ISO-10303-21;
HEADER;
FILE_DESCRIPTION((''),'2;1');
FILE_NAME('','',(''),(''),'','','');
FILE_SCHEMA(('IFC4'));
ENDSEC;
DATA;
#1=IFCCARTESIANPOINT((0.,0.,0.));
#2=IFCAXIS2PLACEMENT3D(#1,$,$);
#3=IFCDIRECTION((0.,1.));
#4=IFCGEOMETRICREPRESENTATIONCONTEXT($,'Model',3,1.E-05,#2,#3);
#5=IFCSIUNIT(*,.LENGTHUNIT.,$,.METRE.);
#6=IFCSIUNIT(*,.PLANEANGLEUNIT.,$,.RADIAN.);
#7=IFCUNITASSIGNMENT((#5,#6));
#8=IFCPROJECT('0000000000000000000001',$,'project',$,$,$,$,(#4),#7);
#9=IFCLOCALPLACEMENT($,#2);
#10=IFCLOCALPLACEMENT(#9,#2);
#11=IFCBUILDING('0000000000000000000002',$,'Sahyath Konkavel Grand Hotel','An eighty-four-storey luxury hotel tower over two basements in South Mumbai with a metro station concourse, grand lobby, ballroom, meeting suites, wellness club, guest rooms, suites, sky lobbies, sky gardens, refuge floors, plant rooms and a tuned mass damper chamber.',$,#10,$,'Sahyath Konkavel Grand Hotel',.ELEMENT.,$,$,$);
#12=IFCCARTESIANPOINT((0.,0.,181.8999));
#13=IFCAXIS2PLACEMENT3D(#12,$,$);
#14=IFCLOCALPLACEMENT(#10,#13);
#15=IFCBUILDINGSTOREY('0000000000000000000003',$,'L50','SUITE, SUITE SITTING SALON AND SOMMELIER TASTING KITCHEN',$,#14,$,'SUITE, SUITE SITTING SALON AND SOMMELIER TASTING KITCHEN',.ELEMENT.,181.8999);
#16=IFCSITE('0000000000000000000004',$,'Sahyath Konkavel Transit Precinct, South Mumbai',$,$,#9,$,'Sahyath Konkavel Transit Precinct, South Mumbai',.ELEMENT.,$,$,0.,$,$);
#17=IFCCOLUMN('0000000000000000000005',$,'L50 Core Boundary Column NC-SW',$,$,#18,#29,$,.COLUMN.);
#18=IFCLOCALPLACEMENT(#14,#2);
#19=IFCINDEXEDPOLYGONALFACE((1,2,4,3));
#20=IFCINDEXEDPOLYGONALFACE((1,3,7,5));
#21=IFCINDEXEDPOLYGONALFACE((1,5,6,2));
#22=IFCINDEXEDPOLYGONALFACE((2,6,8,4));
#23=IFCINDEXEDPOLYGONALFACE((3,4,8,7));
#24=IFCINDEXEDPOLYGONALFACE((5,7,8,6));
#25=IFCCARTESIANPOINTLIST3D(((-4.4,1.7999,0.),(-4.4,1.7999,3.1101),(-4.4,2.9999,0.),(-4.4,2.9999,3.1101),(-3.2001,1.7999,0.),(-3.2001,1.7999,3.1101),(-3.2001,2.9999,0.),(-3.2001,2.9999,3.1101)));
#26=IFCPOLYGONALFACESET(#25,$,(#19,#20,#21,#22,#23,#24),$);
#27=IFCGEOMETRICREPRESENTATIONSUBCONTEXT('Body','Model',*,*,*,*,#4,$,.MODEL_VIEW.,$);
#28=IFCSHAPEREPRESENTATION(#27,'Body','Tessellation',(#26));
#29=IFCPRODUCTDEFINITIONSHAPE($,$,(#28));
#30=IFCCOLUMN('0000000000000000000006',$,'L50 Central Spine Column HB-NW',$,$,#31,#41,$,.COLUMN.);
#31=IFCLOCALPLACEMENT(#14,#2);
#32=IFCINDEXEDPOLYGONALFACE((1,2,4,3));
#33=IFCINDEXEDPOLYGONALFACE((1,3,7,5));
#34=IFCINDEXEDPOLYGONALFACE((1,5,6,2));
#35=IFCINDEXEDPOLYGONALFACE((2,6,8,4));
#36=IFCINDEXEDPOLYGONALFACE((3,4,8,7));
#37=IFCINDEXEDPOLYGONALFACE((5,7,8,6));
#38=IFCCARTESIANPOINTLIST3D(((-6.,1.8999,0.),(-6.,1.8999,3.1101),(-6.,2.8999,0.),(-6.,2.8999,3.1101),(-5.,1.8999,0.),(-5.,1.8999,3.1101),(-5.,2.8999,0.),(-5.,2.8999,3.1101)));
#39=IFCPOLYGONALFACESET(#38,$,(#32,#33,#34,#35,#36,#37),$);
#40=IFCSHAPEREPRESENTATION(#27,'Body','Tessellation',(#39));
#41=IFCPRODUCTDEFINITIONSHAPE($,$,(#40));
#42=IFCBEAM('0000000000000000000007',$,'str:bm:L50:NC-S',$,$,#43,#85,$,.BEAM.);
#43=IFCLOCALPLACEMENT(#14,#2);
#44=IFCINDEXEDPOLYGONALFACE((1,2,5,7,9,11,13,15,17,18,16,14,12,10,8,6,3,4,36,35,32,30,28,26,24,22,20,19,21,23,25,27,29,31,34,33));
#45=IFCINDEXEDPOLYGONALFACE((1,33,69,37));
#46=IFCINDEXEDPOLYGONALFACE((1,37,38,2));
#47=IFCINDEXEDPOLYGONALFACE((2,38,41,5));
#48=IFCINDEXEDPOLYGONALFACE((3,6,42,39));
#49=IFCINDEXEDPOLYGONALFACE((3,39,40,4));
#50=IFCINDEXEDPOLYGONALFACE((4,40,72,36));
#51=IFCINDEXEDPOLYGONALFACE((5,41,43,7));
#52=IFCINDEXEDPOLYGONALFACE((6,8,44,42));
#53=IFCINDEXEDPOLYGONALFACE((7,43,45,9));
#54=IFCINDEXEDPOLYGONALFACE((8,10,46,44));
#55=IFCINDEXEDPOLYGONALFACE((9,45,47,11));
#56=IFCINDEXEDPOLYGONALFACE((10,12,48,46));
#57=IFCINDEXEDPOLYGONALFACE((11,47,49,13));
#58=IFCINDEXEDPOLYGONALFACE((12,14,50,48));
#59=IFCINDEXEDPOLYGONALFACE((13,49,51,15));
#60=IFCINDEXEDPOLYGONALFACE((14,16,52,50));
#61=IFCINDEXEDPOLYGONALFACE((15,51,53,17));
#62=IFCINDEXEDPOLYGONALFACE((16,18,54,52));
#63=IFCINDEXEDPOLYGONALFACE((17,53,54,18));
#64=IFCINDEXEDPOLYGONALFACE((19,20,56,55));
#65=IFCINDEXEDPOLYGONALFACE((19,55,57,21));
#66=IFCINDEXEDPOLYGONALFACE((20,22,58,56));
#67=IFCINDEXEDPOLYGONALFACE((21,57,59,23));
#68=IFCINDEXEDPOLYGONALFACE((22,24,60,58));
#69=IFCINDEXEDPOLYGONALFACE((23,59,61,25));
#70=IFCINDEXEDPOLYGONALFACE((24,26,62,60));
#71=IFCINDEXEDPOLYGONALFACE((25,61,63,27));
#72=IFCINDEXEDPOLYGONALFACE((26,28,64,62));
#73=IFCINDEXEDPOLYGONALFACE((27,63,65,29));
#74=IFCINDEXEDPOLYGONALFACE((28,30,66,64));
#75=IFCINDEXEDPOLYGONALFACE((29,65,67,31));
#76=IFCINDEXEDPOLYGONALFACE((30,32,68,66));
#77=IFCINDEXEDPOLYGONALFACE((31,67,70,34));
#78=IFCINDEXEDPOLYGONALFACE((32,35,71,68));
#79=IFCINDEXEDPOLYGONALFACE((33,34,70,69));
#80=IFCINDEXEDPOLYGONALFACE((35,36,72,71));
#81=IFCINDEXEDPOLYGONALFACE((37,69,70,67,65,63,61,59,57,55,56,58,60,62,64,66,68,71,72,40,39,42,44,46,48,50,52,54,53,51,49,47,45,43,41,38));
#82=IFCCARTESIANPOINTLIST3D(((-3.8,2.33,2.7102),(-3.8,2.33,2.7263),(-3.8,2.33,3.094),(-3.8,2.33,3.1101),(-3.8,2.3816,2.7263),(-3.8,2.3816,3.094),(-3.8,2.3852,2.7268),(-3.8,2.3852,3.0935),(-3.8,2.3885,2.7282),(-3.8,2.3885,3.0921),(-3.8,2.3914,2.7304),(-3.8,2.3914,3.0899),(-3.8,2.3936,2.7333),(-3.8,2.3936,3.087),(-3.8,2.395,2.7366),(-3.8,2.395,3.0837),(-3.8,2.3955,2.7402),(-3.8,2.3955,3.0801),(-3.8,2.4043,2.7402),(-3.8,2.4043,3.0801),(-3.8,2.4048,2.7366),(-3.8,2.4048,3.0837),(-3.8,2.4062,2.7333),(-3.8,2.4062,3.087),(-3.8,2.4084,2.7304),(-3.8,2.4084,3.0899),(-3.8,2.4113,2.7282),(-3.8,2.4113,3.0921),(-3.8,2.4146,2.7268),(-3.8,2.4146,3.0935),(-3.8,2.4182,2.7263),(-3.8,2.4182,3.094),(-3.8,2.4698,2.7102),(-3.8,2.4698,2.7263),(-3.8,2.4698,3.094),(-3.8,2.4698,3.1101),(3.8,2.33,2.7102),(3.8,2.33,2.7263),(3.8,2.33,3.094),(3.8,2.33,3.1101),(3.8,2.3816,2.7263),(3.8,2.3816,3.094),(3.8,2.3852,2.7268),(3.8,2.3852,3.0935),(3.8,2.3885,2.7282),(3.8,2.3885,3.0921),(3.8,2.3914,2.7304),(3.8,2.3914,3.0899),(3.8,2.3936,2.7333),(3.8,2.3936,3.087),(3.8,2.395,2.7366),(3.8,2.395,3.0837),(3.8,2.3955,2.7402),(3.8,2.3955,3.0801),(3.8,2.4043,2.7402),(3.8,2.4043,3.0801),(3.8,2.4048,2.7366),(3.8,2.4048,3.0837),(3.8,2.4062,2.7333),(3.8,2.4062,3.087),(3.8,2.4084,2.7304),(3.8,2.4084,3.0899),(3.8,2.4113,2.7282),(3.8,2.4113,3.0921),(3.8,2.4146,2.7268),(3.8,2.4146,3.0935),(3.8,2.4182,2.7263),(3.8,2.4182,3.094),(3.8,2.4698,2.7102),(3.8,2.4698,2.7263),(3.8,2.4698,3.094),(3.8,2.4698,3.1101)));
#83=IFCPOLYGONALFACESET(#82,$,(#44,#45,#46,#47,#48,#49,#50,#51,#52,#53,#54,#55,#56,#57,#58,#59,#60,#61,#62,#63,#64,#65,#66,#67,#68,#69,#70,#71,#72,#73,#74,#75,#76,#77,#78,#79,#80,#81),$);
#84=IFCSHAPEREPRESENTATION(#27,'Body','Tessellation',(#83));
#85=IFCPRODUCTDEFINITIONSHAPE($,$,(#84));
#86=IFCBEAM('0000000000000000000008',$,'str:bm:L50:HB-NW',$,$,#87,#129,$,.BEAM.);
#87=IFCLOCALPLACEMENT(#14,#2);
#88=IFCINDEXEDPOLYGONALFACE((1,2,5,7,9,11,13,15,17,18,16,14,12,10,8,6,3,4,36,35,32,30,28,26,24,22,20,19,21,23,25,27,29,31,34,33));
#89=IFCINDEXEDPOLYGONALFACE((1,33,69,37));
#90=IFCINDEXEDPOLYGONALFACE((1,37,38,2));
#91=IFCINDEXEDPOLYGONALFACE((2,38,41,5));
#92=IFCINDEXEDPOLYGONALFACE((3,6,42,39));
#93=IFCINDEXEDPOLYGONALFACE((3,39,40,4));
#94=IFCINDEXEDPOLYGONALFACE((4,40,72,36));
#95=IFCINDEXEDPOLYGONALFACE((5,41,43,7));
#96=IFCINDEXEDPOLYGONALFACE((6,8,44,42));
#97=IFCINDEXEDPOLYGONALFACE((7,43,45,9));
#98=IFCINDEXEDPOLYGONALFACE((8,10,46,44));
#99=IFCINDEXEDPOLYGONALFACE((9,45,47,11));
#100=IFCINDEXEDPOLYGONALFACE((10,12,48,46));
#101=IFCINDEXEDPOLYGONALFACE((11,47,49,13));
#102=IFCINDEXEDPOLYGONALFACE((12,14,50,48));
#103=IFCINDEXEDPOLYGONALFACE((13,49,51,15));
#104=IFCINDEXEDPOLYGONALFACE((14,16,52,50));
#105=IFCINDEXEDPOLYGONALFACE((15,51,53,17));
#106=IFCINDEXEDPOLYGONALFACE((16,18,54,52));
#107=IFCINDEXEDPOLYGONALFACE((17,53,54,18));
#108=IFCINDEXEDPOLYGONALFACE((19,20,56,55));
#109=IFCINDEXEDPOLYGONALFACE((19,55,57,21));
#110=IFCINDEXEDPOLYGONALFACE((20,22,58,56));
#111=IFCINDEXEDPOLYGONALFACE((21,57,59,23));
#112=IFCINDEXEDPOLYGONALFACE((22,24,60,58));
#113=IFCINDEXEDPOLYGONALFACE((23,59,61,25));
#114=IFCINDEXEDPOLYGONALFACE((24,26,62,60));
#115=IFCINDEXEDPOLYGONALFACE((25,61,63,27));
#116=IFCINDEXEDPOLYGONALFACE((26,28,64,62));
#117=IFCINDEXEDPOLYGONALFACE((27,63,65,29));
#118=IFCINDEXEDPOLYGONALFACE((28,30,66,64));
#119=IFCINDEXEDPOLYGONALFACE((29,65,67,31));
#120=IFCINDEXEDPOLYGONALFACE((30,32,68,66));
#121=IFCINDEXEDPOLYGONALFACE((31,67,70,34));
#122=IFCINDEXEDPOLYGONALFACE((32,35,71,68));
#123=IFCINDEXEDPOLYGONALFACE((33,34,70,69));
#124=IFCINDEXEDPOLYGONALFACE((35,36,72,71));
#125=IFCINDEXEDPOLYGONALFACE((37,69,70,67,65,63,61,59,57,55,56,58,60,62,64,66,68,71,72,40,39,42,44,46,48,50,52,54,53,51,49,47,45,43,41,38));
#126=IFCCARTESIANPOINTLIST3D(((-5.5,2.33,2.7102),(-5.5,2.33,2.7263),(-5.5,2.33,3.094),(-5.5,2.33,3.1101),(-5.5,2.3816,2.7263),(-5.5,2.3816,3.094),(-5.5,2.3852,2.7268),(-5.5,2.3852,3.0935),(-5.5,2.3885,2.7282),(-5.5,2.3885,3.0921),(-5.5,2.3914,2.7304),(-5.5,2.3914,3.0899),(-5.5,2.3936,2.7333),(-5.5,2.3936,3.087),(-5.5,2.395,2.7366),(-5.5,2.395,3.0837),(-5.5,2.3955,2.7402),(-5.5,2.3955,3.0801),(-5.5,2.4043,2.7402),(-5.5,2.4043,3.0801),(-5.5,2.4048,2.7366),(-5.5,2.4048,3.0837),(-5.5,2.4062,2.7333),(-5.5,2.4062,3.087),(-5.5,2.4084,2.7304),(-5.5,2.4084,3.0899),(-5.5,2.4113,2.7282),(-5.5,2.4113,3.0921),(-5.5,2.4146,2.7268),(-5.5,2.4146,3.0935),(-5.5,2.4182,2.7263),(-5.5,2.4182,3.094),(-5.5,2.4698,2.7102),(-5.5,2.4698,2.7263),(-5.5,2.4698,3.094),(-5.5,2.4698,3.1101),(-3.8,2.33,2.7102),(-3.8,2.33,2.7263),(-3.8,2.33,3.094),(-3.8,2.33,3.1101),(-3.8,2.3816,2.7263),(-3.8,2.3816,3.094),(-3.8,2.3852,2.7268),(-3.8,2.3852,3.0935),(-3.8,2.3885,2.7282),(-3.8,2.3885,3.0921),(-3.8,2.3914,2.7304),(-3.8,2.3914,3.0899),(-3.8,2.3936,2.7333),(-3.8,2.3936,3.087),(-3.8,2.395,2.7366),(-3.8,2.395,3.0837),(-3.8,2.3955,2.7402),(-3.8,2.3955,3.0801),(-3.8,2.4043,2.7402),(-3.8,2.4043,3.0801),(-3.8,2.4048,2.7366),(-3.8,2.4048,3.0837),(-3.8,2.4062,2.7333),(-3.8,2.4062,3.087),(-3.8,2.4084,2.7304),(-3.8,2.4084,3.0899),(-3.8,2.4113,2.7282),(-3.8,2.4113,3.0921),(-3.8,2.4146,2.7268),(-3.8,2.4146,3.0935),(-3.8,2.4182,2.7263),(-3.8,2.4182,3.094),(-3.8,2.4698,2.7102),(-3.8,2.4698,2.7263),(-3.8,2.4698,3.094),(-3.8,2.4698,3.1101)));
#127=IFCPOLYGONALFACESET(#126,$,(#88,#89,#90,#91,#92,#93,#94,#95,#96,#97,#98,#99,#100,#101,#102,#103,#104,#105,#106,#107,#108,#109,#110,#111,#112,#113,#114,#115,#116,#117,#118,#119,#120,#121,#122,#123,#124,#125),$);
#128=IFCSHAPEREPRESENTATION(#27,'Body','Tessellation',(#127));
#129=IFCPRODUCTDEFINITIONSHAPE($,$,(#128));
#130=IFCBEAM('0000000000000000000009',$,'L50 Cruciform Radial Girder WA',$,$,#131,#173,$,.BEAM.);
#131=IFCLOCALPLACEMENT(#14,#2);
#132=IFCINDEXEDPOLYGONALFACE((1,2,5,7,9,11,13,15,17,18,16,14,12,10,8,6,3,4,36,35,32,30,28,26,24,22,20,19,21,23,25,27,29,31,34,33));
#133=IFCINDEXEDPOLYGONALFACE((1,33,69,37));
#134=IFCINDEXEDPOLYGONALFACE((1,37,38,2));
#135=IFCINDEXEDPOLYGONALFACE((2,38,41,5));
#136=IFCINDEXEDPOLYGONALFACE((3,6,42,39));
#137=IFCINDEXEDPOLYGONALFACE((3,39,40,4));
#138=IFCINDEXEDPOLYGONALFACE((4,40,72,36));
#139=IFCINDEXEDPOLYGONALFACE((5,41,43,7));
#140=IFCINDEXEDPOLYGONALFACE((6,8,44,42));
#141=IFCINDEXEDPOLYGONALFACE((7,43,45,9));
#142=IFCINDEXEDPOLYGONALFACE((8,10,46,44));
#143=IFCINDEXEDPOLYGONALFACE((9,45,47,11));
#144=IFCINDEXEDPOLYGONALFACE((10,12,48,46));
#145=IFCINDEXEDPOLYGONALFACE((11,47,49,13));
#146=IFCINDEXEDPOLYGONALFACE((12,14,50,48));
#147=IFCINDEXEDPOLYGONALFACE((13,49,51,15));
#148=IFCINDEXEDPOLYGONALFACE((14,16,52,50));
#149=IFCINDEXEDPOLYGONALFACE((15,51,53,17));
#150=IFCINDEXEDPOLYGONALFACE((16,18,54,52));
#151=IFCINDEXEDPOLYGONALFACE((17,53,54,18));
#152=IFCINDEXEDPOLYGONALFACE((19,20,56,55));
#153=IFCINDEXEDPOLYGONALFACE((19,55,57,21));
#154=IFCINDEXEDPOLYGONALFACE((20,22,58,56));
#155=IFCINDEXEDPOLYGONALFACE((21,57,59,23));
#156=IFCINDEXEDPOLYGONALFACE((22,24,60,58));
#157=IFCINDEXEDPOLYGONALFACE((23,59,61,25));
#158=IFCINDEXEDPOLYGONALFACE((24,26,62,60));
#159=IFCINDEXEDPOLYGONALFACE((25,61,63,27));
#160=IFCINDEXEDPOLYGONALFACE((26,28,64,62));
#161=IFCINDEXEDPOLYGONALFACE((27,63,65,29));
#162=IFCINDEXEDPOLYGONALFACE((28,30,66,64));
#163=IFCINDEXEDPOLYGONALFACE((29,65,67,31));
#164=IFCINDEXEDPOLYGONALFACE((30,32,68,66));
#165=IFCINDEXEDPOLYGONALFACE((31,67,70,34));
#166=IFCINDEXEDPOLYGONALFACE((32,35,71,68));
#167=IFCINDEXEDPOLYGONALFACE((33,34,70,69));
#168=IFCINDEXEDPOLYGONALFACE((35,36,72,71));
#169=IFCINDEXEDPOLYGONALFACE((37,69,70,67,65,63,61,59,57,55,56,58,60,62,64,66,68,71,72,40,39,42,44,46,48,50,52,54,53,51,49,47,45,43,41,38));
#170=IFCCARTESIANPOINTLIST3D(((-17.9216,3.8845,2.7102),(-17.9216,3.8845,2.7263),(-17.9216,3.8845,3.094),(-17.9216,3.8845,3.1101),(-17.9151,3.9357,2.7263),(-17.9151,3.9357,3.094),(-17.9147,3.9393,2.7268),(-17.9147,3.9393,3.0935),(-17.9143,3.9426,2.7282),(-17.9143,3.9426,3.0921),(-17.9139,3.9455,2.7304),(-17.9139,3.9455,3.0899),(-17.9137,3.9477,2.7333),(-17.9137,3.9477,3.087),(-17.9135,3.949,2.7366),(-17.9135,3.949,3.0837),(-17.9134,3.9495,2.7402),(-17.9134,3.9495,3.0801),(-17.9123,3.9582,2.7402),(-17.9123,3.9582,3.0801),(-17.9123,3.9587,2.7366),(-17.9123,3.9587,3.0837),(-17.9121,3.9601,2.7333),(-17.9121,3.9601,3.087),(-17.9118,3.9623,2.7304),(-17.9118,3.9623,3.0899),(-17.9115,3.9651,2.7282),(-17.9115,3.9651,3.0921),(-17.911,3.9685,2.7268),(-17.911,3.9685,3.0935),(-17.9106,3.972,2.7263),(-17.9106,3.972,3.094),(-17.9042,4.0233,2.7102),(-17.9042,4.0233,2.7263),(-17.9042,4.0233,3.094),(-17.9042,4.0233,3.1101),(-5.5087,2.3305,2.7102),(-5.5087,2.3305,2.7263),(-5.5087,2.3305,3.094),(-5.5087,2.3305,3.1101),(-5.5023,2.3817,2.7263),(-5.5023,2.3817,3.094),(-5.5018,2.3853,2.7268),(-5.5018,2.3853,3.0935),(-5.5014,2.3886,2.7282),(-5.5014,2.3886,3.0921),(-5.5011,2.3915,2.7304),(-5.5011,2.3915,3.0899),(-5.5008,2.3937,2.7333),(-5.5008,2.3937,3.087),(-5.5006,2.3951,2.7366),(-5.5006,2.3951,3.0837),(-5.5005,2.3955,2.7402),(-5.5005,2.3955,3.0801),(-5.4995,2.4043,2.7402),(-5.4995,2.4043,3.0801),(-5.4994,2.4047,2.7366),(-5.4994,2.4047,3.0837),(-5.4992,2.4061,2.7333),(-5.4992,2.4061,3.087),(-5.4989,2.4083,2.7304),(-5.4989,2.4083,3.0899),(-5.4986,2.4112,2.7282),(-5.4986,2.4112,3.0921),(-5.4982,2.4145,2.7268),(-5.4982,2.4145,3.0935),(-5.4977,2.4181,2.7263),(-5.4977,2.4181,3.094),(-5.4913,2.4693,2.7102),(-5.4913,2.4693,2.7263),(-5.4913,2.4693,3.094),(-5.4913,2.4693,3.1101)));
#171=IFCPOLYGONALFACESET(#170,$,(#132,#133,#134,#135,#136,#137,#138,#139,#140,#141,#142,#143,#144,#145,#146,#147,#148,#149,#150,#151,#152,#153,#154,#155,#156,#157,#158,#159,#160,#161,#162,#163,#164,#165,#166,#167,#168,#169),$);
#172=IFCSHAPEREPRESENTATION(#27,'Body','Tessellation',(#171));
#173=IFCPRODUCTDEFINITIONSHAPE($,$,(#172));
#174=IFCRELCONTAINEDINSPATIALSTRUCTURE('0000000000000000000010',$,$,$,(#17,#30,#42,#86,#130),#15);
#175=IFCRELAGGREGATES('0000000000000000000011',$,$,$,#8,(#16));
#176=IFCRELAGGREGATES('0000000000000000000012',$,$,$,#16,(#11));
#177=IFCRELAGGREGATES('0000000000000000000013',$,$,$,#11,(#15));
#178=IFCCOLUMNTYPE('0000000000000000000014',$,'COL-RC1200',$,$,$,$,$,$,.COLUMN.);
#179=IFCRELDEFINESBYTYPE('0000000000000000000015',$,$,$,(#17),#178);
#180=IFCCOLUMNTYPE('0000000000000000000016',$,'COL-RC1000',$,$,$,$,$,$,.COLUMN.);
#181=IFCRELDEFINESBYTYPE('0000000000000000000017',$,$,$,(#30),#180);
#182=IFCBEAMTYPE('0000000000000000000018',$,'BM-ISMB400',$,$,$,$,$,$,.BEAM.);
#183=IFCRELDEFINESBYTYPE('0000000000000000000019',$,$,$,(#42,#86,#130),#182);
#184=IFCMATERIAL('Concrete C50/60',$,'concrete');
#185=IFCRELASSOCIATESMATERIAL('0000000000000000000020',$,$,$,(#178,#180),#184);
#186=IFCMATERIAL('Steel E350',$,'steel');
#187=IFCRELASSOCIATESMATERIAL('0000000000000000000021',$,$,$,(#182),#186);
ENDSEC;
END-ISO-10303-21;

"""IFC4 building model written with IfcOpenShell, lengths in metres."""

from ifc_helpers import new_model, si_unit, direction, frame, origin, origin_2d, place, context, subcontext, project, spatial, rectangle, i_section, extrude, source, transform, mapped, material, material_profile, profile_set, type_object, element, save


model = new_model("IFC4")

# Units and contexts
model_context = context("Model", 3, precision=1e-05, world=origin(), true_north=direction((0.0, 1.0)))
body_context = subcontext(model_context, "Body", "Model", "MODEL_VIEW")
ifc_project = project(units=[si_unit("LENGTHUNIT", "METRE"), si_unit("PLANEANGLEUNIT", "RADIAN")], contexts=[model_context])

# Site, building, storey
site_placement = place(None, origin())
site = spatial("IfcSite", under=ifc_project, at=site_placement, Name="Sahyath Konkavel Transit Precinct, South Mumbai", LongName="Sahyath Konkavel Transit Precinct, South Mumbai", CompositionType="ELEMENT", RefElevation=0.0)
building_placement = place(site_placement, origin())
building = spatial("IfcBuilding", under=site, at=building_placement, Name="Sahyath Konkavel Grand Hotel", Description="An eighty-four-storey luxury hotel tower over two basements in South Mumbai with a metro station concourse, grand lobby, ballroom, meeting suites, wellness club, guest rooms, suites, sky lobbies, sky gardens, refuge floors, plant rooms and a tuned mass damper chamber.", LongName="Sahyath Konkavel Grand Hotel", CompositionType="ELEMENT")
storey_placement = place(building_placement, frame((0.0, 0.0, 181.8999)))
storey = spatial("IfcBuildingStorey", under=building, at=storey_placement, Name="L50", Description="SUITE, SUITE SITTING SALON AND SOMMELIER TASTING KITCHEN", LongName="SUITE, SUITE SITTING SALON AND SOMMELIER TASTING KITCHEN", CompositionType="ELEMENT", Elevation=181.8999)

# Columns
ifc_material_1 = material(Name="Concrete C50/60", Category="concrete")
ifc_material_profile_1 = material_profile(ifc_material_1, rectangle(XDim=1.2, YDim=1.2, at=origin_2d()), Name="RC 1200x1200")
ifc_profile_set_1 = profile_set([ifc_material_profile_1], Name="Concrete C50/60")
column_type_1 = type_object("IfcColumnType", Name="COL-RC1200", PredefinedType="COLUMN", material=ifc_profile_set_1)
shared_shape_1 = source(origin(), body_context, "Body", "SweptSolid", [
    extrude(rectangle(XDim=1.2, YDim=1.2, at=origin_2d()), origin(), (0.0, 0.0, 1.0), 3.1101),
])
column_1_placement = place(storey_placement, frame((-3.8, 2.3999, 0.0), z_axis=(0.0, 0.0, 1.0), x_axis=(1.0, 0.0, 0.0)))
element("IfcColumn", 1, at=column_1_placement, inside=storey, type_object=column_type_1, Name="L50 Core Boundary Column NC-SW", PredefinedType="COLUMN", context=body_context, shape_type="MappedRepresentation", body=[
    mapped(shared_shape_1, transform((0.0, 0.0, 0.0), scale=1.0)),
])
ifc_material_profile_2 = material_profile(ifc_material_1, rectangle(XDim=1.0, YDim=1.0, at=origin_2d()), Name="RC 1000x1000")
ifc_profile_set_2 = profile_set([ifc_material_profile_2], Name="Concrete C50/60")
column_type_2 = type_object("IfcColumnType", Name="COL-RC1000", PredefinedType="COLUMN", material=ifc_profile_set_2)
shared_shape_2 = source(origin(), body_context, "Body", "SweptSolid", [
    extrude(rectangle(XDim=1.0, YDim=1.0, at=origin_2d()), origin(), (0.0, 0.0, 1.0), 3.1101),
])
column_2_placement = place(storey_placement, frame((-5.5, 2.3999, 0.0), z_axis=(0.0, 0.0, 1.0), x_axis=(1.0, 0.0, 0.0)))
element("IfcColumn", 2, at=column_2_placement, inside=storey, type_object=column_type_2, Name="L50 Central Spine Column HB-NW", PredefinedType="COLUMN", context=body_context, shape_type="MappedRepresentation", body=[
    mapped(shared_shape_2, transform((0.0, 0.0, 0.0), scale=1.0)),
])

# Beams
ifc_material_2 = material(Name="Steel E350", Category="steel")
ifc_material_profile_3 = material_profile(ifc_material_2, i_section(OverallWidth=0.1399, OverallDepth=0.3999, WebThickness=0.0088, FlangeThickness=0.0161, FilletRadius=0.0139, at=origin_2d()), Name="ISMB 400")
ifc_profile_set_3 = profile_set([ifc_material_profile_3], Name="Steel E350")
beam_type = type_object("IfcBeamType", Name="BM-ISMB400", PredefinedType="BEAM", material=ifc_profile_set_3)
shared_shape_3 = source(origin(), body_context, "Body", "SweptSolid", [
    extrude(i_section(OverallWidth=0.1399, OverallDepth=0.3999, WebThickness=0.0088, FlangeThickness=0.0161, FilletRadius=0.0139, at=origin_2d()), origin(), (0.0, 0.0, 1.0), 7.6001),
])
beam_1_placement = place(storey_placement, frame((-3.8, 2.3999, 2.9102), z_axis=(1.0, 0.0, 0.0), x_axis=(0.0, 1.0, 0.0)))
element("IfcBeam", 3, at=beam_1_placement, inside=storey, type_object=beam_type, Name="str:bm:L50:NC-S", PredefinedType="BEAM", context=body_context, shape_type="MappedRepresentation", body=[
    mapped(shared_shape_3, transform((0.0, 0.0, 0.0), scale=1.0)),
])
shared_shape_4 = source(origin(), body_context, "Body", "SweptSolid", [
    extrude(i_section(OverallWidth=0.1399, OverallDepth=0.3999, WebThickness=0.0088, FlangeThickness=0.0161, FilletRadius=0.0139, at=origin_2d()), origin(), (0.0, 0.0, 1.0), 1.7),
])
beam_2_placement = place(storey_placement, frame((-5.5, 2.3999, 2.9102), z_axis=(1.0, 0.0, 0.0), x_axis=(0.0, 1.0, 0.0)))
element("IfcBeam", 4, at=beam_2_placement, inside=storey, type_object=beam_type, Name="str:bm:L50:HB-NW", PredefinedType="BEAM", context=body_context, shape_type="MappedRepresentation", body=[
    mapped(shared_shape_4, transform((0.0, 0.0, 0.0), scale=1.0)),
])
shared_shape_5 = source(origin(), body_context, "Body", "SweptSolid", [
    extrude(i_section(OverallWidth=0.1399, OverallDepth=0.3999, WebThickness=0.0088, FlangeThickness=0.0161, FilletRadius=0.0139, at=origin_2d()), origin(), (0.0, 0.0, 1.0), 12.5098),
])
beam_3_placement = place(storey_placement, frame((-5.5, 2.3999, 2.9102), z_axis=(-0.992255, 0.12422, 0.0), x_axis=(-0.12422, -0.992255, 0.0)))
element("IfcBeam", 5, at=beam_3_placement, inside=storey, type_object=beam_type, Name="L50 Cruciform Radial Girder WA", PredefinedType="BEAM", context=body_context, shape_type="MappedRepresentation", body=[
    mapped(shared_shape_5, transform((0.0, 0.0, 0.0), scale=1.0)),
])

save(model, "model.ifc")
